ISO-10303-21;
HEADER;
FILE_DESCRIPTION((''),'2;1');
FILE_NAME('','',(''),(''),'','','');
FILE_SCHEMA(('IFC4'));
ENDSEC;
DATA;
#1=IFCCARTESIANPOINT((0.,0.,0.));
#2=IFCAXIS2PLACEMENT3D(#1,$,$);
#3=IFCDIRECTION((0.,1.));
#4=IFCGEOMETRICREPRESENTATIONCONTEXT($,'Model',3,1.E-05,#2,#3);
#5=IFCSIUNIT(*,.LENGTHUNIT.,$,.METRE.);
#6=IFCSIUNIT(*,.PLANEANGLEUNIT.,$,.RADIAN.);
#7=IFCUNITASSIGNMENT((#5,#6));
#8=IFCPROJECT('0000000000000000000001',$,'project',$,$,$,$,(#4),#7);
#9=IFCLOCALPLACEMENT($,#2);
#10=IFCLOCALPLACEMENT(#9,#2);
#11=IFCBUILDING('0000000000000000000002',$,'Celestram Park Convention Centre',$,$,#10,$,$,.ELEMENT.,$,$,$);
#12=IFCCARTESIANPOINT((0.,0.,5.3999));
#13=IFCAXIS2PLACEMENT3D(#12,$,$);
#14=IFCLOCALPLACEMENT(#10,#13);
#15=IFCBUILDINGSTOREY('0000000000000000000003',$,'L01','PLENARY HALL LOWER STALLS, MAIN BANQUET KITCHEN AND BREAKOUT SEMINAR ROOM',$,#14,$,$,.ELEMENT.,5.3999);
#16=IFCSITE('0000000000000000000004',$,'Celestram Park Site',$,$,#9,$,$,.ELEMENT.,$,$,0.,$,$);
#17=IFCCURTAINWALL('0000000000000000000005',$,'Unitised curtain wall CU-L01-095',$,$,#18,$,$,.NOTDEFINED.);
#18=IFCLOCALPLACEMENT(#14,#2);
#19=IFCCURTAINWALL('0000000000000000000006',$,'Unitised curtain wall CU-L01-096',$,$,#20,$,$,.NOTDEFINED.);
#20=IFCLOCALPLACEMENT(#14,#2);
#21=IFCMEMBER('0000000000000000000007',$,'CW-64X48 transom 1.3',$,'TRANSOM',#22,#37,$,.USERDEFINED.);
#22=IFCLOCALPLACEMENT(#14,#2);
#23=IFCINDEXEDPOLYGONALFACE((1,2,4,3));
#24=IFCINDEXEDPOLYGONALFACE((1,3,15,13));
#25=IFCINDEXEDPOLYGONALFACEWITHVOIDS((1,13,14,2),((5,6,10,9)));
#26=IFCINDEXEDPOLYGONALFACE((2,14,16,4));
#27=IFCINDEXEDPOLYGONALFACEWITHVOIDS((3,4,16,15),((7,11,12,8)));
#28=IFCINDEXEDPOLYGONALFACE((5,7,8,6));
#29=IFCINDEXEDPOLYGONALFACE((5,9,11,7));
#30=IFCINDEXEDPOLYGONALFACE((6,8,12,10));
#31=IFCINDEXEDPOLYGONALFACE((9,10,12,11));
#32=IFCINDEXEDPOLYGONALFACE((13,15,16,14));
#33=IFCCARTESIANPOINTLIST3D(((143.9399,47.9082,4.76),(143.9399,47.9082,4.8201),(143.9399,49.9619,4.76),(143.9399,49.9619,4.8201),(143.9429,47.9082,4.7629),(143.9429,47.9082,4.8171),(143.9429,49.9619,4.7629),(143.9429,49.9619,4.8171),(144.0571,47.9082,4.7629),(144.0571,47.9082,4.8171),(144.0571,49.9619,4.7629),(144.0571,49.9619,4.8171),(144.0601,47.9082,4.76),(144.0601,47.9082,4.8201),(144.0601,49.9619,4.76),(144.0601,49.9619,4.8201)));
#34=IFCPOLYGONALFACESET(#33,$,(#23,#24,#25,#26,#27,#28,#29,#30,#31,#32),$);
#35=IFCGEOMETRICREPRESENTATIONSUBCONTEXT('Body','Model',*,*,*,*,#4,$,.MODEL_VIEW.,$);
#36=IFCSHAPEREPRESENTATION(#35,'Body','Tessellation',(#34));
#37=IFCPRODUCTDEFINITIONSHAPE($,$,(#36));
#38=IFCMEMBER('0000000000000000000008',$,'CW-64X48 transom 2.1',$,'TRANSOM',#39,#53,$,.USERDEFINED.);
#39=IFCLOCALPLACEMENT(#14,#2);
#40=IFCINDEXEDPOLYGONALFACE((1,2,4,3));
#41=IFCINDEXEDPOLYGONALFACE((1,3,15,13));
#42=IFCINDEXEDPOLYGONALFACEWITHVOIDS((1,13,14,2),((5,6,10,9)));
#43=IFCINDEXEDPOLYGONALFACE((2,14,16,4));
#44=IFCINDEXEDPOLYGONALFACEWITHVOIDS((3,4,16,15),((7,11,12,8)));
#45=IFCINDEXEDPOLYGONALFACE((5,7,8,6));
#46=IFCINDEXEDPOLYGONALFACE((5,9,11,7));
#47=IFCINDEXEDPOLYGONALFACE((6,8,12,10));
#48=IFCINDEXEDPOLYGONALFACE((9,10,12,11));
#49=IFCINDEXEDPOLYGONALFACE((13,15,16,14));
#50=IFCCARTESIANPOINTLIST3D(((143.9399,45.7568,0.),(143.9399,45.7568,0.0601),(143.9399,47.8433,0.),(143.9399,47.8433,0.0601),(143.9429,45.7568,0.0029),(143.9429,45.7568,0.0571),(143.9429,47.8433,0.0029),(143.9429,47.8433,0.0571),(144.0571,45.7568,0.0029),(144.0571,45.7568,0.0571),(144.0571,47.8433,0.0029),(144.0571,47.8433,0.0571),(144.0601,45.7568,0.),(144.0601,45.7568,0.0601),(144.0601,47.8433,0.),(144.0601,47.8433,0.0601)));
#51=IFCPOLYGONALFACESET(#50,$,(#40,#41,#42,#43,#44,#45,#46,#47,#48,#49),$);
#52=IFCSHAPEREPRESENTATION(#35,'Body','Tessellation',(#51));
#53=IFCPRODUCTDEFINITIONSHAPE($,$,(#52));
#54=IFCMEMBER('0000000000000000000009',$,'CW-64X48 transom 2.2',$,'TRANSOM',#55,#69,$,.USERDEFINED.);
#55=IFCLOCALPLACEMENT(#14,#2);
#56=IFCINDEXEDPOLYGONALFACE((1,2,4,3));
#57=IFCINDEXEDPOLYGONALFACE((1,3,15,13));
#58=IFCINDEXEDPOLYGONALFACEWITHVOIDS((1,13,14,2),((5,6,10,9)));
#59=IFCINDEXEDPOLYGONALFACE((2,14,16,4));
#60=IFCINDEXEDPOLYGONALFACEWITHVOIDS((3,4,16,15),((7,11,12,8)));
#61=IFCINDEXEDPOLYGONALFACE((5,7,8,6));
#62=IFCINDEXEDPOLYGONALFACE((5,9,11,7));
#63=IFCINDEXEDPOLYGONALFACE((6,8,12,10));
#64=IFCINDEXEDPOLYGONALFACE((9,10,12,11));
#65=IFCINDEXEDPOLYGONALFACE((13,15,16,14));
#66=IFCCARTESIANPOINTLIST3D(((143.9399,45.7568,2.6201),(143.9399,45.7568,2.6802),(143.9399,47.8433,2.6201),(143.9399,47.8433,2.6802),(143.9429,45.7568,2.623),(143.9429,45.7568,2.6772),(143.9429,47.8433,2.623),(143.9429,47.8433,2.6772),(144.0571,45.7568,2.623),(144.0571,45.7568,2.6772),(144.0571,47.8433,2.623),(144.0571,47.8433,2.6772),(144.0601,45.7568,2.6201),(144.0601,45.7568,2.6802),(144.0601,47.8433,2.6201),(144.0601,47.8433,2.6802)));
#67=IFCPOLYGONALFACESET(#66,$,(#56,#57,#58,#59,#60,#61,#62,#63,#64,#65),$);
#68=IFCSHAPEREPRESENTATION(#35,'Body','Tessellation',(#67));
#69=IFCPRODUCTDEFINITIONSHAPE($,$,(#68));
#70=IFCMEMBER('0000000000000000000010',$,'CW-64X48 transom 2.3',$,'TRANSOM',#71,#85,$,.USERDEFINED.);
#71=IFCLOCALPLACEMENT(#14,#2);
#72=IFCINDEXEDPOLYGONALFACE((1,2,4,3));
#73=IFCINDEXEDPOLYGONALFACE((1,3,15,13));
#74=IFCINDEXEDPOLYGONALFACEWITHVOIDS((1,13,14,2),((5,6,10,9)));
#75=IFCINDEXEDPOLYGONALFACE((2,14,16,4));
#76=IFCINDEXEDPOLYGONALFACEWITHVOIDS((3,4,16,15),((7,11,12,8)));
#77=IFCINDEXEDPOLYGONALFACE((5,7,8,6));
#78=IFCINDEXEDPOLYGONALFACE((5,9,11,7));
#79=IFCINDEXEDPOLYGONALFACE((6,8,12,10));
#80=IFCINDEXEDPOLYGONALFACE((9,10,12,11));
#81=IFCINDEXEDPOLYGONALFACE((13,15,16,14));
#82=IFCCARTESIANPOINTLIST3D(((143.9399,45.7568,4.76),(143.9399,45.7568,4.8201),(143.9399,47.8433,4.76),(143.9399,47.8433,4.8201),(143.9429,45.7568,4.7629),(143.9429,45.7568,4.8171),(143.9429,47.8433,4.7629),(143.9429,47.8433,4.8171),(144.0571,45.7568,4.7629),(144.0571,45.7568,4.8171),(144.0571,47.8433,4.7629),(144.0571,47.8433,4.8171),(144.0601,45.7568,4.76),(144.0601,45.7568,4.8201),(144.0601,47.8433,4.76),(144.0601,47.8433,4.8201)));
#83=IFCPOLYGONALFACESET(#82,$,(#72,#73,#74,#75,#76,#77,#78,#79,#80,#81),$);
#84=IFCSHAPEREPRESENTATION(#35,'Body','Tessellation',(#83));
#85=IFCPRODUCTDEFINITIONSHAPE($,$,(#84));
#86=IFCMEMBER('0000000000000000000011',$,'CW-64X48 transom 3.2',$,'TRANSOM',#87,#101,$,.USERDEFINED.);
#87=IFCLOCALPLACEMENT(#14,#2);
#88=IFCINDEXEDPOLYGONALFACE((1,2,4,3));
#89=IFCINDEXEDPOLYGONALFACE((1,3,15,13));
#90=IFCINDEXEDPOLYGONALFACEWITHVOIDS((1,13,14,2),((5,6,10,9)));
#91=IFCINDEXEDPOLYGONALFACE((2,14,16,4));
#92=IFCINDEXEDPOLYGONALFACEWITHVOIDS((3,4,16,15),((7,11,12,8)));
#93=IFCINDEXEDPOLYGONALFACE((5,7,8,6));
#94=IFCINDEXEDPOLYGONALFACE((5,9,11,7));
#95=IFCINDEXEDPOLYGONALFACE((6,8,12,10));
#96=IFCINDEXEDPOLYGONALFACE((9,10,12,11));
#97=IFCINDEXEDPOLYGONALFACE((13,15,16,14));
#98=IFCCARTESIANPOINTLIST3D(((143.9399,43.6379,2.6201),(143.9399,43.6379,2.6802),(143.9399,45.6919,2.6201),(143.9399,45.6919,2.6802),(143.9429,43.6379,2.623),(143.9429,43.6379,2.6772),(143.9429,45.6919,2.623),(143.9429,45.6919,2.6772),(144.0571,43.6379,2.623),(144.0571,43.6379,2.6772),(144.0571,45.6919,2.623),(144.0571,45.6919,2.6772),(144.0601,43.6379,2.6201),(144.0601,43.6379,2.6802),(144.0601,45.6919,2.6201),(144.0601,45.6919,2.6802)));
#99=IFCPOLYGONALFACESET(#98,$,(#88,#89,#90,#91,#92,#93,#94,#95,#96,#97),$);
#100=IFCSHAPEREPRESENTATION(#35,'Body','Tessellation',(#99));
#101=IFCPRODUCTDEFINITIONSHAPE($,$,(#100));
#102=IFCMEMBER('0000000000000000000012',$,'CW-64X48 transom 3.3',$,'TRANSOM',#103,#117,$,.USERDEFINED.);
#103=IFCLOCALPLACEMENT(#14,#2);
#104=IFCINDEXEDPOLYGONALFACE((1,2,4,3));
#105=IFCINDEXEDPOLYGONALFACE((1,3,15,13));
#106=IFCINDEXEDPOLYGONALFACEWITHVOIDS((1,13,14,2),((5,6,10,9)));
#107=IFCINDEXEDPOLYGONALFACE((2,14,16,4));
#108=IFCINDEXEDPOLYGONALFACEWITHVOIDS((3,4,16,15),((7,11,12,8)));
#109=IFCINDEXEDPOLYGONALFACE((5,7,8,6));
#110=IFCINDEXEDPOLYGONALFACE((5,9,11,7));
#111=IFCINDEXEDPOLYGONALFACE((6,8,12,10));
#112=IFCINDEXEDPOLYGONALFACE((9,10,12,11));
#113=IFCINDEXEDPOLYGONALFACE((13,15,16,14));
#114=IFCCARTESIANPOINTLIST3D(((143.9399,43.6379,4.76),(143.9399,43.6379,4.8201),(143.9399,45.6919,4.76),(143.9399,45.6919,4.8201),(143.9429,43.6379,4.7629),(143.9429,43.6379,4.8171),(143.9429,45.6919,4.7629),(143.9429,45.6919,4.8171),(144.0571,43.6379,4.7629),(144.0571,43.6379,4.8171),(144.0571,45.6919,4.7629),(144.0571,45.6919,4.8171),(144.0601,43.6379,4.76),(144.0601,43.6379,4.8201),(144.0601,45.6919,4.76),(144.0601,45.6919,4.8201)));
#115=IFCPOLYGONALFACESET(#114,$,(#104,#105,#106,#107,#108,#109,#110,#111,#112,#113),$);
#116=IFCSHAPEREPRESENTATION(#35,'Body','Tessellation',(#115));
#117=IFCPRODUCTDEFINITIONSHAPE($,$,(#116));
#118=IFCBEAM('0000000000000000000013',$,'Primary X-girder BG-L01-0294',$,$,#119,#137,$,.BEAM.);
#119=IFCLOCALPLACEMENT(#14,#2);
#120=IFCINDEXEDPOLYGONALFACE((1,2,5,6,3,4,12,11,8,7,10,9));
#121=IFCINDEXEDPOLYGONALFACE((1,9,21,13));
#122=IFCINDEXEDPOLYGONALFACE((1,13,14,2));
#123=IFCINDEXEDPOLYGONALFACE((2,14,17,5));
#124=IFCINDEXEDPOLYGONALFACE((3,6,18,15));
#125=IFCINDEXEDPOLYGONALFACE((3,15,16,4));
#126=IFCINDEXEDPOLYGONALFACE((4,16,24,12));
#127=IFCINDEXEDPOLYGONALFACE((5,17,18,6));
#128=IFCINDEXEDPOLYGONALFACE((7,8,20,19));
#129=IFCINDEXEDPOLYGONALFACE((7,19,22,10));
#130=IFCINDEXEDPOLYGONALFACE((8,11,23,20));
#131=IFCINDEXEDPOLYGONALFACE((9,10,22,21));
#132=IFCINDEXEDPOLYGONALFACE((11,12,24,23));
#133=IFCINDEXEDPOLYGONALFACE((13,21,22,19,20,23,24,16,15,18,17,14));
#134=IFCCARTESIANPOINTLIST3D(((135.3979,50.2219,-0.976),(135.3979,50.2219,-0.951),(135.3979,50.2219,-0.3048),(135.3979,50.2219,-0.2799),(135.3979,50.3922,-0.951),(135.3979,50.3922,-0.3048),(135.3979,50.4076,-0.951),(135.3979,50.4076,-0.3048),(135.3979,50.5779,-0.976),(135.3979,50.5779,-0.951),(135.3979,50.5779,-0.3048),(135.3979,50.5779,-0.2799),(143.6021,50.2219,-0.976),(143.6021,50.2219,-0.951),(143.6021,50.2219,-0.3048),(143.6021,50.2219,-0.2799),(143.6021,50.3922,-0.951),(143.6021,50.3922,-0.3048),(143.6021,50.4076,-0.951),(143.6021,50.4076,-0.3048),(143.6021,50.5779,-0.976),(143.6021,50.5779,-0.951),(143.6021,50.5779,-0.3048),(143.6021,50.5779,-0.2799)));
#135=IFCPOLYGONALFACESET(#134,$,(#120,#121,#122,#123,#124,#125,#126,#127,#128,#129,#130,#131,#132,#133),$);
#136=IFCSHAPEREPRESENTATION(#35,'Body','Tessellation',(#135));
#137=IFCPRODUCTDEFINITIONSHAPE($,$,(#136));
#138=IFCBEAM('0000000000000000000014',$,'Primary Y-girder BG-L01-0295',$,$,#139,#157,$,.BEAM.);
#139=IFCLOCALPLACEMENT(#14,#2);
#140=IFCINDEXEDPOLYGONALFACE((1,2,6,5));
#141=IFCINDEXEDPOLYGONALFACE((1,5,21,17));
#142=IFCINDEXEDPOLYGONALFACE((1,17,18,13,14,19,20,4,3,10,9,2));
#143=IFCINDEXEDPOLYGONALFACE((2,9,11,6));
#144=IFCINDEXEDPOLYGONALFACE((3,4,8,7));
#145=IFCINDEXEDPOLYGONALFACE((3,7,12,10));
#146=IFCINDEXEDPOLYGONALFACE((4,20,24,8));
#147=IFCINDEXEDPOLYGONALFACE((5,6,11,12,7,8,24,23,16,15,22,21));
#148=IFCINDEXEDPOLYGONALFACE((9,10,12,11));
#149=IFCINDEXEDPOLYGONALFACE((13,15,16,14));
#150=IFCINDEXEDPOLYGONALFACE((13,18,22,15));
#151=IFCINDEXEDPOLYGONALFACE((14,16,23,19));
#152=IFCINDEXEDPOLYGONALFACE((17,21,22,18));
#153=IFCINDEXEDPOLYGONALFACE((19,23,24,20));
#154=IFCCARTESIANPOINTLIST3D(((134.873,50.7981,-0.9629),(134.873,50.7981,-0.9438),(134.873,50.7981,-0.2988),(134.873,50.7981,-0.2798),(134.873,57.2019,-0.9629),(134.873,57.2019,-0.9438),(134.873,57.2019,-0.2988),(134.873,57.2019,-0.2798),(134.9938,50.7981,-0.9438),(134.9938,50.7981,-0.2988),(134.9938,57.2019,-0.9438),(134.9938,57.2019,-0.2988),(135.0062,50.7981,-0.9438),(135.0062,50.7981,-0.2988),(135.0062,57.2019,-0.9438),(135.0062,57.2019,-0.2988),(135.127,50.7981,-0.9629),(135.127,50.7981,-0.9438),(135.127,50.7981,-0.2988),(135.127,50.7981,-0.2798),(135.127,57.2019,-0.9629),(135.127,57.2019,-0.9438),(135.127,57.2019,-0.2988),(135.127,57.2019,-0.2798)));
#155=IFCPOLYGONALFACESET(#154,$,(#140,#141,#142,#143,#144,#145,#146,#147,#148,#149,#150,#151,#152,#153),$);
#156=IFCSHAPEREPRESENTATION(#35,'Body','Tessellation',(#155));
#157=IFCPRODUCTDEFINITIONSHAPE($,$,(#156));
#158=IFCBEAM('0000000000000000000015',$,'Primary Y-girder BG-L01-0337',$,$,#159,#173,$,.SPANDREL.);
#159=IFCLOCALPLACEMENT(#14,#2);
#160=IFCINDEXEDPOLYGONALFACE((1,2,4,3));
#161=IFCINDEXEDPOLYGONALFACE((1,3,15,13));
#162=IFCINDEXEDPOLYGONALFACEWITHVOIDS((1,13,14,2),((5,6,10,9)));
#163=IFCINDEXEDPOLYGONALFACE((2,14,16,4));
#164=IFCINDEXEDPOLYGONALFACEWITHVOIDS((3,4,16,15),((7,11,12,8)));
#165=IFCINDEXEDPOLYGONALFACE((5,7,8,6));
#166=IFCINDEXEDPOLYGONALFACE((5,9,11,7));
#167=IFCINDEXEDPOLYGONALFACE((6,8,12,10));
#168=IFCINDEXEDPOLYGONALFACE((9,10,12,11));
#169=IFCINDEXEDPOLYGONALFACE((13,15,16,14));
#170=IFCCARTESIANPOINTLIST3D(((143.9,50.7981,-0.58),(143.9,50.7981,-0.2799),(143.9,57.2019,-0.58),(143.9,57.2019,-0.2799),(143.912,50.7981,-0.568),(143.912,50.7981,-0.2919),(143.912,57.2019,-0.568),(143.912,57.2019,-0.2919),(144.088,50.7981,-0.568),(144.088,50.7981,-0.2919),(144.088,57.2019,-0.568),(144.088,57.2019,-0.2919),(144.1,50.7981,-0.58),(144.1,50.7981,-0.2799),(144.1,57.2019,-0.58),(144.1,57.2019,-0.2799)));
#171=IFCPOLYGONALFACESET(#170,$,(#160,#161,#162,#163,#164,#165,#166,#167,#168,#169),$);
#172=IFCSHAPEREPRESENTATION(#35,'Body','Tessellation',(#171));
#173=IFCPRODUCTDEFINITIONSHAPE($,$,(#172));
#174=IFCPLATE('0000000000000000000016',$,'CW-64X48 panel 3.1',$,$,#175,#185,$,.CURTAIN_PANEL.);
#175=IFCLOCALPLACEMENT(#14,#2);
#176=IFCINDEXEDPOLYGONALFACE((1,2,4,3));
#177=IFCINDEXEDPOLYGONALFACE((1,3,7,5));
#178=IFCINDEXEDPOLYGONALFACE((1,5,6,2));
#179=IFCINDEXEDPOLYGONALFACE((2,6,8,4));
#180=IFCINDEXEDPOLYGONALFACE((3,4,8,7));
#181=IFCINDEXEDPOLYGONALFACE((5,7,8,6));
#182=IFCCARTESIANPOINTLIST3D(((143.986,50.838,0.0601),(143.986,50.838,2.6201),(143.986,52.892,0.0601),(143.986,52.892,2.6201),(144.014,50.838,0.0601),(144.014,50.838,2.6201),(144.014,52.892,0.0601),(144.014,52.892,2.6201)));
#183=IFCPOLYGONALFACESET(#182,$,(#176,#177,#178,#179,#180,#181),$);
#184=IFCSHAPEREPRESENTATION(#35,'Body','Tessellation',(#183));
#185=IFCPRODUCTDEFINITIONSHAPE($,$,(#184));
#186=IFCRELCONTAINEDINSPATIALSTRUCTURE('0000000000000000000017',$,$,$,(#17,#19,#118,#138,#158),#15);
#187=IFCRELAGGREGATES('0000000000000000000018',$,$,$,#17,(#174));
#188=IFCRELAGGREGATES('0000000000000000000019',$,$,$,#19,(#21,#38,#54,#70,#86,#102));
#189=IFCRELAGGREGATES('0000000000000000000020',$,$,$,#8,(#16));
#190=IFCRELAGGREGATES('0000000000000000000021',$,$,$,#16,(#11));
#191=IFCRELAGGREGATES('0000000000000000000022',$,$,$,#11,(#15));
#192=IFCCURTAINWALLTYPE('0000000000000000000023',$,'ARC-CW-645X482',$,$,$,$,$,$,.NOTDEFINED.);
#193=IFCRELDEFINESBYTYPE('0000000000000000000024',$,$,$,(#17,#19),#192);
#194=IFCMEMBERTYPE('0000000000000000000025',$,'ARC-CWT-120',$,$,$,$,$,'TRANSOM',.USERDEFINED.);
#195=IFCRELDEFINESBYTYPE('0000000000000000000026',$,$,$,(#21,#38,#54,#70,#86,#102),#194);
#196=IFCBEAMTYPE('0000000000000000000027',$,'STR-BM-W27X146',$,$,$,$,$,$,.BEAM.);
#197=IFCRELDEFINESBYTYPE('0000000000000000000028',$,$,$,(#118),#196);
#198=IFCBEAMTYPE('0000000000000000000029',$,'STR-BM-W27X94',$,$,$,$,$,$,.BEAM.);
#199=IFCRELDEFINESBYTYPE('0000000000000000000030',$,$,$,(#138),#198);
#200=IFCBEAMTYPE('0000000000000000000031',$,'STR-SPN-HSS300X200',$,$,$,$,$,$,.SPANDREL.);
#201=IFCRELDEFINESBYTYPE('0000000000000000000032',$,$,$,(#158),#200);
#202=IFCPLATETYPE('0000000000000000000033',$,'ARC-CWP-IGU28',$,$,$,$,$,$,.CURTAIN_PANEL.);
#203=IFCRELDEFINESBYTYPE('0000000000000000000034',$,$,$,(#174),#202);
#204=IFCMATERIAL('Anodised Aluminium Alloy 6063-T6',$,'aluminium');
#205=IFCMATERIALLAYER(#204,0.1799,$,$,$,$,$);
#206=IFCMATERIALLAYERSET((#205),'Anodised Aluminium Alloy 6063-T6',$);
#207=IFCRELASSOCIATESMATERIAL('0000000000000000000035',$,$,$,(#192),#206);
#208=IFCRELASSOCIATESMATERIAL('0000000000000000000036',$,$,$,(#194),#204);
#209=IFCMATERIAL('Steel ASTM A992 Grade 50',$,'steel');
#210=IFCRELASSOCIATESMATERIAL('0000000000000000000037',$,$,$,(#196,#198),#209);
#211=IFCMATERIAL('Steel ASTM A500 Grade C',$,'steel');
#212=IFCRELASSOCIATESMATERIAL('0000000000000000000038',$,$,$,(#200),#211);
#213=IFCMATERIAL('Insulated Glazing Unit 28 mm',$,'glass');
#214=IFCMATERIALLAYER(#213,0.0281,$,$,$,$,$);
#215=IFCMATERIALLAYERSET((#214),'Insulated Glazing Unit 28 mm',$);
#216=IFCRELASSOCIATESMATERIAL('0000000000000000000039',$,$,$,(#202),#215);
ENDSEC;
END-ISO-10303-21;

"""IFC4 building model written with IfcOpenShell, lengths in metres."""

from ifc_helpers import new_model, si_unit, direction, frame, origin, origin_2d, place, context, subcontext, project, spatial, rectangle, hollow_rectangle, i_section, extrude, material, layer, layer_set, material_profile, profile_set, type_object, element, aggregate, save


model = new_model("IFC4")

# Units and contexts
model_context = context("Model", 3, precision=1e-05, world=origin(), true_north=direction((0.0, 1.0)))
body_context = subcontext(model_context, "Body", "Model", "MODEL_VIEW")
ifc_project = project(units=[si_unit("LENGTHUNIT", "METRE"), si_unit("PLANEANGLEUNIT", "RADIAN")], contexts=[model_context])

# Site, building, storey
site_placement = place(None, origin())
site = spatial("IfcSite", under=ifc_project, at=site_placement, Name="Celestram Park Site", CompositionType="ELEMENT", RefElevation=0.0)
building_placement = place(site_placement, origin())
building = spatial("IfcBuilding", under=site, at=building_placement, Name="Celestram Park Convention Centre", CompositionType="ELEMENT")
storey_placement = place(building_placement, frame((0.0, 0.0, 5.3999)))
storey = spatial("IfcBuildingStorey", under=building, at=storey_placement, Name="L01", Description="PLENARY HALL LOWER STALLS, MAIN BANQUET KITCHEN AND BREAKOUT SEMINAR ROOM", CompositionType="ELEMENT", Elevation=5.3999)

# Curtain wall
ifc_material_1 = material(Name="Anodised Aluminium Alloy 6063-T6", Category="aluminium")
ifc_layer_1 = layer(ifc_material_1, 0.1799)
ifc_layer_set_1 = layer_set([ifc_layer_1], Name="Anodised Aluminium Alloy 6063-T6")
curtain_wall_type = type_object("IfcCurtainWallType", Name="ARC-CW-645X482", PredefinedType="NOTDEFINED", material=ifc_layer_set_1)
curtain_wall_1_placement = place(storey_placement, origin())
curtain_wall_1 = element("IfcCurtainWall", 1, at=curtain_wall_1_placement, inside=storey, type_object=curtain_wall_type, Name="Unitised curtain wall CU-L01-095", PredefinedType="NOTDEFINED")

# Curtain wall
curtain_wall_2_placement = place(storey_placement, origin())
curtain_wall_2 = element("IfcCurtainWall", 2, at=curtain_wall_2_placement, inside=storey, type_object=curtain_wall_type, Name="Unitised curtain wall CU-L01-096", PredefinedType="NOTDEFINED")

# Members
ifc_material_profile_1 = material_profile(ifc_material_1, hollow_rectangle(XDim=0.1201, YDim=0.0601, WallThickness=0.0029, at=origin_2d()), Name="ALU120X60X3")
ifc_profile_set_1 = profile_set([ifc_material_profile_1], Name="Anodised Aluminium Alloy 6063-T6")
member_type_1 = type_object("IfcMemberType", Name="ARC-CWT-120", ElementType="TRANSOM", PredefinedType="USERDEFINED", material=ifc_profile_set_1)
member_1_placement = place(storey_placement, frame((144.0, 49.9619, 4.79), z_axis=(0.0, -1.0, 0.0), x_axis=(1.0, 0.0, 0.0)))
member_1 = element("IfcMember", 3, at=member_1_placement, type_object=member_type_1, Name="CW-64X48 transom 1.3", ObjectType="TRANSOM", PredefinedType="USERDEFINED", context=body_context, shape_type="SweptSolid", body=[
    extrude(hollow_rectangle(XDim=0.1201, YDim=0.0601, WallThickness=0.0029, at=origin_2d()), origin(), (0.0, 0.0, 1.0), 2.0537),
])
member_2_placement = place(storey_placement, frame((144.0, 47.8433, 0.03), z_axis=(0.0, -1.0, 0.0), x_axis=(1.0, 0.0, 0.0)))
member_2 = element("IfcMember", 4, at=member_2_placement, type_object=member_type_1, Name="CW-64X48 transom 2.1", ObjectType="TRANSOM", PredefinedType="USERDEFINED", context=body_context, shape_type="SweptSolid", body=[
    extrude(hollow_rectangle(XDim=0.1201, YDim=0.0601, WallThickness=0.0029, at=origin_2d()), origin(), (0.0, 0.0, 1.0), 2.0864),
])
member_3_placement = place(storey_placement, frame((144.0, 47.8433, 2.6501), z_axis=(0.0, -1.0, 0.0), x_axis=(1.0, 0.0, 0.0)))
member_3 = element("IfcMember", 5, at=member_3_placement, type_object=member_type_1, Name="CW-64X48 transom 2.2", ObjectType="TRANSOM", PredefinedType="USERDEFINED", context=body_context, shape_type="SweptSolid", body=[
    extrude(hollow_rectangle(XDim=0.1201, YDim=0.0601, WallThickness=0.0029, at=origin_2d()), origin(), (0.0, 0.0, 1.0), 2.0864),
])
member_4_placement = place(storey_placement, frame((144.0, 47.8433, 4.79), z_axis=(0.0, -1.0, 0.0), x_axis=(1.0, 0.0, 0.0)))
member_4 = element("IfcMember", 6, at=member_4_placement, type_object=member_type_1, Name="CW-64X48 transom 2.3", ObjectType="TRANSOM", PredefinedType="USERDEFINED", context=body_context, shape_type="SweptSolid", body=[
    extrude(hollow_rectangle(XDim=0.1201, YDim=0.0601, WallThickness=0.0029, at=origin_2d()), origin(), (0.0, 0.0, 1.0), 2.0864),
])
member_5_placement = place(storey_placement, frame((144.0, 45.6919, 2.6501), z_axis=(0.0, -1.0, 0.0), x_axis=(1.0, 0.0, 0.0)))
member_5 = element("IfcMember", 7, at=member_5_placement, type_object=member_type_1, Name="CW-64X48 transom 3.2", ObjectType="TRANSOM", PredefinedType="USERDEFINED", context=body_context, shape_type="SweptSolid", body=[
    extrude(hollow_rectangle(XDim=0.1201, YDim=0.0601, WallThickness=0.0029, at=origin_2d()), origin(), (0.0, 0.0, 1.0), 2.054),
])
member_6_placement = place(storey_placement, frame((144.0, 45.6919, 4.79), z_axis=(0.0, -1.0, 0.0), x_axis=(1.0, 0.0, 0.0)))
member_6 = element("IfcMember", 8, at=member_6_placement, type_object=member_type_1, Name="CW-64X48 transom 3.3", ObjectType="TRANSOM", PredefinedType="USERDEFINED", context=body_context, shape_type="SweptSolid", body=[
    extrude(hollow_rectangle(XDim=0.1201, YDim=0.0601, WallThickness=0.0029, at=origin_2d()), origin(), (0.0, 0.0, 1.0), 2.054),
])

# Beams
ifc_material_2 = material(Name="Steel ASTM A992 Grade 50", Category="steel")
ifc_material_profile_2 = material_profile(ifc_material_2, i_section(OverallWidth=0.356, OverallDepth=0.696, WebThickness=0.0154, FlangeThickness=0.0249, at=origin_2d()), Name="W27X146")
ifc_profile_set_2 = profile_set([ifc_material_profile_2], Name="Steel ASTM A992 Grade 50")
beam_type_1 = type_object("IfcBeamType", Name="STR-BM-W27X146", PredefinedType="BEAM", material=ifc_profile_set_2)
beam_1_placement = place(storey_placement, frame((135.3979, 50.3999, -0.6279), z_axis=(1.0, 0.0, 0.0), x_axis=(0.0, 1.0, 0.0)))
element("IfcBeam", 9, at=beam_1_placement, inside=storey, type_object=beam_type_1, Name="Primary X-girder BG-L01-0294", PredefinedType="BEAM", context=body_context, shape_type="SweptSolid", body=[
    extrude(i_section(OverallWidth=0.356, OverallDepth=0.696, WebThickness=0.0154, FlangeThickness=0.0249, at=origin_2d()), origin(), (0.0, 0.0, 1.0), 8.2041),
])
ifc_material_profile_3 = material_profile(ifc_material_2, i_section(OverallWidth=0.2539, OverallDepth=0.6831, WebThickness=0.0125, FlangeThickness=0.019, at=origin_2d()), Name="W27X94")
ifc_profile_set_3 = profile_set([ifc_material_profile_3], Name="Steel ASTM A992 Grade 50")
beam_type_2 = type_object("IfcBeamType", Name="STR-BM-W27X94", PredefinedType="BEAM", material=ifc_profile_set_3)
beam_2_placement = place(storey_placement, frame((135.0, 50.7981, -0.6213), z_axis=(0.0, 1.0, 0.0), x_axis=(-1.0, 0.0, 0.0)))
element("IfcBeam", 10, at=beam_2_placement, inside=storey, type_object=beam_type_2, Name="Primary Y-girder BG-L01-0295", PredefinedType="BEAM", context=body_context, shape_type="SweptSolid", body=[
    extrude(i_section(OverallWidth=0.2539, OverallDepth=0.6831, WebThickness=0.0125, FlangeThickness=0.019, at=origin_2d()), origin(), (0.0, 0.0, 1.0), 6.4038),
])
ifc_material_3 = material(Name="Steel ASTM A500 Grade C", Category="steel")
ifc_material_profile_4 = material_profile(ifc_material_3, hollow_rectangle(XDim=0.2, YDim=0.3, WallThickness=0.012, at=origin_2d()), Name="HSS300X200X12")
ifc_profile_set_4 = profile_set([ifc_material_profile_4], Name="Steel ASTM A500 Grade C")
beam_type_3 = type_object("IfcBeamType", Name="STR-SPN-HSS300X200", PredefinedType="SPANDREL", material=ifc_profile_set_4)
beam_3_placement = place(storey_placement, frame((144.0, 50.7981, -0.4299), z_axis=(0.0, 1.0, 0.0), x_axis=(-1.0, 0.0, 0.0)))
element("IfcBeam", 11, at=beam_3_placement, inside=storey, type_object=beam_type_3, Name="Primary Y-girder BG-L01-0337", PredefinedType="SPANDREL", context=body_context, shape_type="SweptSolid", body=[
    extrude(hollow_rectangle(XDim=0.2, YDim=0.3, WallThickness=0.012, at=origin_2d()), origin(), (0.0, 0.0, 1.0), 6.4038),
])

# Plate
ifc_material_4 = material(Name="Insulated Glazing Unit 28 mm", Category="glass")
ifc_layer_2 = layer(ifc_material_4, 0.0281)
ifc_layer_set_2 = layer_set([ifc_layer_2], Name="Insulated Glazing Unit 28 mm")
plate_type = type_object("IfcPlateType", Name="ARC-CWP-IGU28", PredefinedType="CURTAIN_PANEL", material=ifc_layer_set_2)
plate_1_placement = place(storey_placement, frame((144.0, 51.865, 0.0601), z_axis=(0.0, 0.0, 1.0), x_axis=(0.0, -1.0, 0.0)))
plate_1 = element("IfcPlate", 12, at=plate_1_placement, type_object=plate_type, Name="CW-64X48 panel 3.1", PredefinedType="CURTAIN_PANEL", context=body_context, shape_type="SweptSolid", body=[
    extrude(rectangle(XDim=2.054, YDim=0.0281, at=origin_2d()), origin(), (0.0, 0.0, 1.0), 2.5601),
])
aggregate(curtain_wall_1, [plate_1])
aggregate(curtain_wall_2, [member_1, member_2, member_3, member_4, member_5, member_6])

save(model, "model.ifc")
